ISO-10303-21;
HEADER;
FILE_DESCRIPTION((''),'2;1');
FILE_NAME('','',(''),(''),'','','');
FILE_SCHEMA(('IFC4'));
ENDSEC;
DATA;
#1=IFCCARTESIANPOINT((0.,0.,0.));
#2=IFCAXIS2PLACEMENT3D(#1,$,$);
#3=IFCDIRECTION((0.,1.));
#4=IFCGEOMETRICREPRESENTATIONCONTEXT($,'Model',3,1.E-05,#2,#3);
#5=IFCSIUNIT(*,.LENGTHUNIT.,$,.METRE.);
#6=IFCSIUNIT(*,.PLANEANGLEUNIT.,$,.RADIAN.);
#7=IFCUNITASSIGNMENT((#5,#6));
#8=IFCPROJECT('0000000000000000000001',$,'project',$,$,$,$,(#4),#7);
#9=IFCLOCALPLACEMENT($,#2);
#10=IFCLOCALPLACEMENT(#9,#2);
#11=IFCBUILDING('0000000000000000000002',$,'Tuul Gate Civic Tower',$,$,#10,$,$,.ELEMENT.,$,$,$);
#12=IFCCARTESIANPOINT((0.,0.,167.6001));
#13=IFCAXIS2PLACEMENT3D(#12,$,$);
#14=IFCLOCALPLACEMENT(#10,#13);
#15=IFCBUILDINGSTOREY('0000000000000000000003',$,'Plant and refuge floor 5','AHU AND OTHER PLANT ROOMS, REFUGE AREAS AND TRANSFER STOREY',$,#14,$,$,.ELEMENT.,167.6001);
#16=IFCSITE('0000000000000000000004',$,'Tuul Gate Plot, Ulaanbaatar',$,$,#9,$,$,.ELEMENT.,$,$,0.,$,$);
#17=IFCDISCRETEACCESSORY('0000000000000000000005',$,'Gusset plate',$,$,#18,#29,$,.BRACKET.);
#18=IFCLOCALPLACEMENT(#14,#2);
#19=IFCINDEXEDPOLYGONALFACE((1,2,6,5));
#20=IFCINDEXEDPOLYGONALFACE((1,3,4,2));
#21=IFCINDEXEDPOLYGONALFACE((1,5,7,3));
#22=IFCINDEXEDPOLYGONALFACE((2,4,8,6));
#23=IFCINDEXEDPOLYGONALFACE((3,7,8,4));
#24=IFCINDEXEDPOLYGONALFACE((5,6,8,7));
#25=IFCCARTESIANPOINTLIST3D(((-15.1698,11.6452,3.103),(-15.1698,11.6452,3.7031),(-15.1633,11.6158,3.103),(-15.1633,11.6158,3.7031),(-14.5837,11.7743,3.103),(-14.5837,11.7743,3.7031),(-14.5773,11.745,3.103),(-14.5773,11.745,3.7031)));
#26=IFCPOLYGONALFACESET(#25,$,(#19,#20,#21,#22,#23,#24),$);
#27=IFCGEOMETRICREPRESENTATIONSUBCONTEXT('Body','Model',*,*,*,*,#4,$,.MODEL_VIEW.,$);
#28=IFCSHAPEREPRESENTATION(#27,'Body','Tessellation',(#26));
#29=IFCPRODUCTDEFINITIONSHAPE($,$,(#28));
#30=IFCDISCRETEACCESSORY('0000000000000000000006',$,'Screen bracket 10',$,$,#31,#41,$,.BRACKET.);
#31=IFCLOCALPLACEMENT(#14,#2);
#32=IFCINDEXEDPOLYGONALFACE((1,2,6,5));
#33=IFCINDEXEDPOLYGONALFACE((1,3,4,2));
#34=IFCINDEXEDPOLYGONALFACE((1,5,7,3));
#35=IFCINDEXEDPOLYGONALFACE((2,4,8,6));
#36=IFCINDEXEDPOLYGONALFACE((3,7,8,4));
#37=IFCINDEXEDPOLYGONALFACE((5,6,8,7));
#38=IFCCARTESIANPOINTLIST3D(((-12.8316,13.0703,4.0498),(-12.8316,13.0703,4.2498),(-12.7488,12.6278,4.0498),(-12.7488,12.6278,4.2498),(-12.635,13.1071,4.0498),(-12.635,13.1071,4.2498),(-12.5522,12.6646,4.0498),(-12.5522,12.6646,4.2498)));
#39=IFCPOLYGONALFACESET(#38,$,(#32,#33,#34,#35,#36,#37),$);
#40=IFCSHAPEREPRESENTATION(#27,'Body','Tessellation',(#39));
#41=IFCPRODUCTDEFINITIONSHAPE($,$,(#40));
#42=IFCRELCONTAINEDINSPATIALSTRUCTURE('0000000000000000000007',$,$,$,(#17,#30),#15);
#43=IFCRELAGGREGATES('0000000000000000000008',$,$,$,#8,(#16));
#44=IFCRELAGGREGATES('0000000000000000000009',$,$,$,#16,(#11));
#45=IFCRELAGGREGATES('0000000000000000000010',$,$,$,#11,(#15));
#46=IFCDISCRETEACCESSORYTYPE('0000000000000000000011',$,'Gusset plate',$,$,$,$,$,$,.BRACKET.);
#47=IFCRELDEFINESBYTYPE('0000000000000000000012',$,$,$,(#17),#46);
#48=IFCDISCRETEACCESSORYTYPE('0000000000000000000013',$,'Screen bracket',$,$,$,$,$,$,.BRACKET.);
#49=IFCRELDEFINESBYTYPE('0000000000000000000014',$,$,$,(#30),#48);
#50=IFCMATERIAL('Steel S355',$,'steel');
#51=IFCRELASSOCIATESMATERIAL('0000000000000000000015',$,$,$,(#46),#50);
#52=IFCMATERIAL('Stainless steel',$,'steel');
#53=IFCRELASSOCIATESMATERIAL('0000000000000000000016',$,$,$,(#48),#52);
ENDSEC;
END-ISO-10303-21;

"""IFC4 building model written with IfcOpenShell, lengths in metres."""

from ifc_helpers import new_model, si_unit, direction, frame, origin, origin_2d, place, context, subcontext, project, spatial, rectangle, extrude, material, type_object, element, save


model = new_model("IFC4")

# Units and contexts
model_context = context("Model", 3, precision=1e-05, world=origin(), true_north=direction((0.0, 1.0)))
body_context = subcontext(model_context, "Body", "Model", "MODEL_VIEW")
ifc_project = project(units=[si_unit("LENGTHUNIT", "METRE"), si_unit("PLANEANGLEUNIT", "RADIAN")], contexts=[model_context])

# Site, building, storey
site_placement = place(None, origin())
site = spatial("IfcSite", under=ifc_project, at=site_placement, Name="Tuul Gate Plot, Ulaanbaatar", CompositionType="ELEMENT", RefElevation=0.0)
building_placement = place(site_placement, origin())
building = spatial("IfcBuilding", under=site, at=building_placement, Name="Tuul Gate Civic Tower", CompositionType="ELEMENT")
storey_placement = place(building_placement, frame((0.0, 0.0, 167.6001)))
storey = spatial("IfcBuildingStorey", under=building, at=storey_placement, Name="Plant and refuge floor 5", Description="AHU AND OTHER PLANT ROOMS, REFUGE AREAS AND TRANSFER STOREY", CompositionType="ELEMENT", Elevation=167.6001)

# Discrete accessories
ifc_material_1 = material(Name="Steel S355", Category="steel")
discrete_accessory_type_1 = type_object("IfcDiscreteAccessoryType", Name="Gusset plate", PredefinedType="BRACKET", material=ifc_material_1)
for number, where, z_axis, x_axis, name in (
    (1, (-14.8735, 11.6951, 3.103), (0.0, 0.0, 1.0), (0.976565, 0.215224, 0.0), "Gusset plate"),
):
    element("IfcDiscreteAccessory", number, at=place(storey_placement, frame(where, z_axis=z_axis, x_axis=x_axis)), inside=storey, type_object=discrete_accessory_type_1, Name=name, PredefinedType="BRACKET", context=body_context, shape_type="SweptSolid", body=[
        extrude(rectangle(XDim=0.6001, YDim=0.03, at=origin_2d()), origin(), (0.0, 0.0, 1.0), 0.6001),
    ])
ifc_material_2 = material(Name="Stainless steel", Category="steel")
discrete_accessory_type_2 = type_object("IfcDiscreteAccessoryType", Name="Screen bracket", PredefinedType="BRACKET", material=ifc_material_2)
discrete_accessory_placement = place(storey_placement, frame((-12.6919, 12.8674, 4.0498), z_axis=(0.0, 0.0, 1.0), x_axis=(-0.183854, 0.982954, 0.0)))
element("IfcDiscreteAccessory", 2, at=discrete_accessory_placement, inside=storey, type_object=discrete_accessory_type_2, Name="Screen bracket 10", PredefinedType="BRACKET", context=body_context, shape_type="SweptSolid", body=[
    extrude(rectangle(XDim=0.4502, YDim=0.2, at=origin_2d()), origin(), (0.0, 0.0, 1.0), 0.2),
])

save(model, "model.ifc")
